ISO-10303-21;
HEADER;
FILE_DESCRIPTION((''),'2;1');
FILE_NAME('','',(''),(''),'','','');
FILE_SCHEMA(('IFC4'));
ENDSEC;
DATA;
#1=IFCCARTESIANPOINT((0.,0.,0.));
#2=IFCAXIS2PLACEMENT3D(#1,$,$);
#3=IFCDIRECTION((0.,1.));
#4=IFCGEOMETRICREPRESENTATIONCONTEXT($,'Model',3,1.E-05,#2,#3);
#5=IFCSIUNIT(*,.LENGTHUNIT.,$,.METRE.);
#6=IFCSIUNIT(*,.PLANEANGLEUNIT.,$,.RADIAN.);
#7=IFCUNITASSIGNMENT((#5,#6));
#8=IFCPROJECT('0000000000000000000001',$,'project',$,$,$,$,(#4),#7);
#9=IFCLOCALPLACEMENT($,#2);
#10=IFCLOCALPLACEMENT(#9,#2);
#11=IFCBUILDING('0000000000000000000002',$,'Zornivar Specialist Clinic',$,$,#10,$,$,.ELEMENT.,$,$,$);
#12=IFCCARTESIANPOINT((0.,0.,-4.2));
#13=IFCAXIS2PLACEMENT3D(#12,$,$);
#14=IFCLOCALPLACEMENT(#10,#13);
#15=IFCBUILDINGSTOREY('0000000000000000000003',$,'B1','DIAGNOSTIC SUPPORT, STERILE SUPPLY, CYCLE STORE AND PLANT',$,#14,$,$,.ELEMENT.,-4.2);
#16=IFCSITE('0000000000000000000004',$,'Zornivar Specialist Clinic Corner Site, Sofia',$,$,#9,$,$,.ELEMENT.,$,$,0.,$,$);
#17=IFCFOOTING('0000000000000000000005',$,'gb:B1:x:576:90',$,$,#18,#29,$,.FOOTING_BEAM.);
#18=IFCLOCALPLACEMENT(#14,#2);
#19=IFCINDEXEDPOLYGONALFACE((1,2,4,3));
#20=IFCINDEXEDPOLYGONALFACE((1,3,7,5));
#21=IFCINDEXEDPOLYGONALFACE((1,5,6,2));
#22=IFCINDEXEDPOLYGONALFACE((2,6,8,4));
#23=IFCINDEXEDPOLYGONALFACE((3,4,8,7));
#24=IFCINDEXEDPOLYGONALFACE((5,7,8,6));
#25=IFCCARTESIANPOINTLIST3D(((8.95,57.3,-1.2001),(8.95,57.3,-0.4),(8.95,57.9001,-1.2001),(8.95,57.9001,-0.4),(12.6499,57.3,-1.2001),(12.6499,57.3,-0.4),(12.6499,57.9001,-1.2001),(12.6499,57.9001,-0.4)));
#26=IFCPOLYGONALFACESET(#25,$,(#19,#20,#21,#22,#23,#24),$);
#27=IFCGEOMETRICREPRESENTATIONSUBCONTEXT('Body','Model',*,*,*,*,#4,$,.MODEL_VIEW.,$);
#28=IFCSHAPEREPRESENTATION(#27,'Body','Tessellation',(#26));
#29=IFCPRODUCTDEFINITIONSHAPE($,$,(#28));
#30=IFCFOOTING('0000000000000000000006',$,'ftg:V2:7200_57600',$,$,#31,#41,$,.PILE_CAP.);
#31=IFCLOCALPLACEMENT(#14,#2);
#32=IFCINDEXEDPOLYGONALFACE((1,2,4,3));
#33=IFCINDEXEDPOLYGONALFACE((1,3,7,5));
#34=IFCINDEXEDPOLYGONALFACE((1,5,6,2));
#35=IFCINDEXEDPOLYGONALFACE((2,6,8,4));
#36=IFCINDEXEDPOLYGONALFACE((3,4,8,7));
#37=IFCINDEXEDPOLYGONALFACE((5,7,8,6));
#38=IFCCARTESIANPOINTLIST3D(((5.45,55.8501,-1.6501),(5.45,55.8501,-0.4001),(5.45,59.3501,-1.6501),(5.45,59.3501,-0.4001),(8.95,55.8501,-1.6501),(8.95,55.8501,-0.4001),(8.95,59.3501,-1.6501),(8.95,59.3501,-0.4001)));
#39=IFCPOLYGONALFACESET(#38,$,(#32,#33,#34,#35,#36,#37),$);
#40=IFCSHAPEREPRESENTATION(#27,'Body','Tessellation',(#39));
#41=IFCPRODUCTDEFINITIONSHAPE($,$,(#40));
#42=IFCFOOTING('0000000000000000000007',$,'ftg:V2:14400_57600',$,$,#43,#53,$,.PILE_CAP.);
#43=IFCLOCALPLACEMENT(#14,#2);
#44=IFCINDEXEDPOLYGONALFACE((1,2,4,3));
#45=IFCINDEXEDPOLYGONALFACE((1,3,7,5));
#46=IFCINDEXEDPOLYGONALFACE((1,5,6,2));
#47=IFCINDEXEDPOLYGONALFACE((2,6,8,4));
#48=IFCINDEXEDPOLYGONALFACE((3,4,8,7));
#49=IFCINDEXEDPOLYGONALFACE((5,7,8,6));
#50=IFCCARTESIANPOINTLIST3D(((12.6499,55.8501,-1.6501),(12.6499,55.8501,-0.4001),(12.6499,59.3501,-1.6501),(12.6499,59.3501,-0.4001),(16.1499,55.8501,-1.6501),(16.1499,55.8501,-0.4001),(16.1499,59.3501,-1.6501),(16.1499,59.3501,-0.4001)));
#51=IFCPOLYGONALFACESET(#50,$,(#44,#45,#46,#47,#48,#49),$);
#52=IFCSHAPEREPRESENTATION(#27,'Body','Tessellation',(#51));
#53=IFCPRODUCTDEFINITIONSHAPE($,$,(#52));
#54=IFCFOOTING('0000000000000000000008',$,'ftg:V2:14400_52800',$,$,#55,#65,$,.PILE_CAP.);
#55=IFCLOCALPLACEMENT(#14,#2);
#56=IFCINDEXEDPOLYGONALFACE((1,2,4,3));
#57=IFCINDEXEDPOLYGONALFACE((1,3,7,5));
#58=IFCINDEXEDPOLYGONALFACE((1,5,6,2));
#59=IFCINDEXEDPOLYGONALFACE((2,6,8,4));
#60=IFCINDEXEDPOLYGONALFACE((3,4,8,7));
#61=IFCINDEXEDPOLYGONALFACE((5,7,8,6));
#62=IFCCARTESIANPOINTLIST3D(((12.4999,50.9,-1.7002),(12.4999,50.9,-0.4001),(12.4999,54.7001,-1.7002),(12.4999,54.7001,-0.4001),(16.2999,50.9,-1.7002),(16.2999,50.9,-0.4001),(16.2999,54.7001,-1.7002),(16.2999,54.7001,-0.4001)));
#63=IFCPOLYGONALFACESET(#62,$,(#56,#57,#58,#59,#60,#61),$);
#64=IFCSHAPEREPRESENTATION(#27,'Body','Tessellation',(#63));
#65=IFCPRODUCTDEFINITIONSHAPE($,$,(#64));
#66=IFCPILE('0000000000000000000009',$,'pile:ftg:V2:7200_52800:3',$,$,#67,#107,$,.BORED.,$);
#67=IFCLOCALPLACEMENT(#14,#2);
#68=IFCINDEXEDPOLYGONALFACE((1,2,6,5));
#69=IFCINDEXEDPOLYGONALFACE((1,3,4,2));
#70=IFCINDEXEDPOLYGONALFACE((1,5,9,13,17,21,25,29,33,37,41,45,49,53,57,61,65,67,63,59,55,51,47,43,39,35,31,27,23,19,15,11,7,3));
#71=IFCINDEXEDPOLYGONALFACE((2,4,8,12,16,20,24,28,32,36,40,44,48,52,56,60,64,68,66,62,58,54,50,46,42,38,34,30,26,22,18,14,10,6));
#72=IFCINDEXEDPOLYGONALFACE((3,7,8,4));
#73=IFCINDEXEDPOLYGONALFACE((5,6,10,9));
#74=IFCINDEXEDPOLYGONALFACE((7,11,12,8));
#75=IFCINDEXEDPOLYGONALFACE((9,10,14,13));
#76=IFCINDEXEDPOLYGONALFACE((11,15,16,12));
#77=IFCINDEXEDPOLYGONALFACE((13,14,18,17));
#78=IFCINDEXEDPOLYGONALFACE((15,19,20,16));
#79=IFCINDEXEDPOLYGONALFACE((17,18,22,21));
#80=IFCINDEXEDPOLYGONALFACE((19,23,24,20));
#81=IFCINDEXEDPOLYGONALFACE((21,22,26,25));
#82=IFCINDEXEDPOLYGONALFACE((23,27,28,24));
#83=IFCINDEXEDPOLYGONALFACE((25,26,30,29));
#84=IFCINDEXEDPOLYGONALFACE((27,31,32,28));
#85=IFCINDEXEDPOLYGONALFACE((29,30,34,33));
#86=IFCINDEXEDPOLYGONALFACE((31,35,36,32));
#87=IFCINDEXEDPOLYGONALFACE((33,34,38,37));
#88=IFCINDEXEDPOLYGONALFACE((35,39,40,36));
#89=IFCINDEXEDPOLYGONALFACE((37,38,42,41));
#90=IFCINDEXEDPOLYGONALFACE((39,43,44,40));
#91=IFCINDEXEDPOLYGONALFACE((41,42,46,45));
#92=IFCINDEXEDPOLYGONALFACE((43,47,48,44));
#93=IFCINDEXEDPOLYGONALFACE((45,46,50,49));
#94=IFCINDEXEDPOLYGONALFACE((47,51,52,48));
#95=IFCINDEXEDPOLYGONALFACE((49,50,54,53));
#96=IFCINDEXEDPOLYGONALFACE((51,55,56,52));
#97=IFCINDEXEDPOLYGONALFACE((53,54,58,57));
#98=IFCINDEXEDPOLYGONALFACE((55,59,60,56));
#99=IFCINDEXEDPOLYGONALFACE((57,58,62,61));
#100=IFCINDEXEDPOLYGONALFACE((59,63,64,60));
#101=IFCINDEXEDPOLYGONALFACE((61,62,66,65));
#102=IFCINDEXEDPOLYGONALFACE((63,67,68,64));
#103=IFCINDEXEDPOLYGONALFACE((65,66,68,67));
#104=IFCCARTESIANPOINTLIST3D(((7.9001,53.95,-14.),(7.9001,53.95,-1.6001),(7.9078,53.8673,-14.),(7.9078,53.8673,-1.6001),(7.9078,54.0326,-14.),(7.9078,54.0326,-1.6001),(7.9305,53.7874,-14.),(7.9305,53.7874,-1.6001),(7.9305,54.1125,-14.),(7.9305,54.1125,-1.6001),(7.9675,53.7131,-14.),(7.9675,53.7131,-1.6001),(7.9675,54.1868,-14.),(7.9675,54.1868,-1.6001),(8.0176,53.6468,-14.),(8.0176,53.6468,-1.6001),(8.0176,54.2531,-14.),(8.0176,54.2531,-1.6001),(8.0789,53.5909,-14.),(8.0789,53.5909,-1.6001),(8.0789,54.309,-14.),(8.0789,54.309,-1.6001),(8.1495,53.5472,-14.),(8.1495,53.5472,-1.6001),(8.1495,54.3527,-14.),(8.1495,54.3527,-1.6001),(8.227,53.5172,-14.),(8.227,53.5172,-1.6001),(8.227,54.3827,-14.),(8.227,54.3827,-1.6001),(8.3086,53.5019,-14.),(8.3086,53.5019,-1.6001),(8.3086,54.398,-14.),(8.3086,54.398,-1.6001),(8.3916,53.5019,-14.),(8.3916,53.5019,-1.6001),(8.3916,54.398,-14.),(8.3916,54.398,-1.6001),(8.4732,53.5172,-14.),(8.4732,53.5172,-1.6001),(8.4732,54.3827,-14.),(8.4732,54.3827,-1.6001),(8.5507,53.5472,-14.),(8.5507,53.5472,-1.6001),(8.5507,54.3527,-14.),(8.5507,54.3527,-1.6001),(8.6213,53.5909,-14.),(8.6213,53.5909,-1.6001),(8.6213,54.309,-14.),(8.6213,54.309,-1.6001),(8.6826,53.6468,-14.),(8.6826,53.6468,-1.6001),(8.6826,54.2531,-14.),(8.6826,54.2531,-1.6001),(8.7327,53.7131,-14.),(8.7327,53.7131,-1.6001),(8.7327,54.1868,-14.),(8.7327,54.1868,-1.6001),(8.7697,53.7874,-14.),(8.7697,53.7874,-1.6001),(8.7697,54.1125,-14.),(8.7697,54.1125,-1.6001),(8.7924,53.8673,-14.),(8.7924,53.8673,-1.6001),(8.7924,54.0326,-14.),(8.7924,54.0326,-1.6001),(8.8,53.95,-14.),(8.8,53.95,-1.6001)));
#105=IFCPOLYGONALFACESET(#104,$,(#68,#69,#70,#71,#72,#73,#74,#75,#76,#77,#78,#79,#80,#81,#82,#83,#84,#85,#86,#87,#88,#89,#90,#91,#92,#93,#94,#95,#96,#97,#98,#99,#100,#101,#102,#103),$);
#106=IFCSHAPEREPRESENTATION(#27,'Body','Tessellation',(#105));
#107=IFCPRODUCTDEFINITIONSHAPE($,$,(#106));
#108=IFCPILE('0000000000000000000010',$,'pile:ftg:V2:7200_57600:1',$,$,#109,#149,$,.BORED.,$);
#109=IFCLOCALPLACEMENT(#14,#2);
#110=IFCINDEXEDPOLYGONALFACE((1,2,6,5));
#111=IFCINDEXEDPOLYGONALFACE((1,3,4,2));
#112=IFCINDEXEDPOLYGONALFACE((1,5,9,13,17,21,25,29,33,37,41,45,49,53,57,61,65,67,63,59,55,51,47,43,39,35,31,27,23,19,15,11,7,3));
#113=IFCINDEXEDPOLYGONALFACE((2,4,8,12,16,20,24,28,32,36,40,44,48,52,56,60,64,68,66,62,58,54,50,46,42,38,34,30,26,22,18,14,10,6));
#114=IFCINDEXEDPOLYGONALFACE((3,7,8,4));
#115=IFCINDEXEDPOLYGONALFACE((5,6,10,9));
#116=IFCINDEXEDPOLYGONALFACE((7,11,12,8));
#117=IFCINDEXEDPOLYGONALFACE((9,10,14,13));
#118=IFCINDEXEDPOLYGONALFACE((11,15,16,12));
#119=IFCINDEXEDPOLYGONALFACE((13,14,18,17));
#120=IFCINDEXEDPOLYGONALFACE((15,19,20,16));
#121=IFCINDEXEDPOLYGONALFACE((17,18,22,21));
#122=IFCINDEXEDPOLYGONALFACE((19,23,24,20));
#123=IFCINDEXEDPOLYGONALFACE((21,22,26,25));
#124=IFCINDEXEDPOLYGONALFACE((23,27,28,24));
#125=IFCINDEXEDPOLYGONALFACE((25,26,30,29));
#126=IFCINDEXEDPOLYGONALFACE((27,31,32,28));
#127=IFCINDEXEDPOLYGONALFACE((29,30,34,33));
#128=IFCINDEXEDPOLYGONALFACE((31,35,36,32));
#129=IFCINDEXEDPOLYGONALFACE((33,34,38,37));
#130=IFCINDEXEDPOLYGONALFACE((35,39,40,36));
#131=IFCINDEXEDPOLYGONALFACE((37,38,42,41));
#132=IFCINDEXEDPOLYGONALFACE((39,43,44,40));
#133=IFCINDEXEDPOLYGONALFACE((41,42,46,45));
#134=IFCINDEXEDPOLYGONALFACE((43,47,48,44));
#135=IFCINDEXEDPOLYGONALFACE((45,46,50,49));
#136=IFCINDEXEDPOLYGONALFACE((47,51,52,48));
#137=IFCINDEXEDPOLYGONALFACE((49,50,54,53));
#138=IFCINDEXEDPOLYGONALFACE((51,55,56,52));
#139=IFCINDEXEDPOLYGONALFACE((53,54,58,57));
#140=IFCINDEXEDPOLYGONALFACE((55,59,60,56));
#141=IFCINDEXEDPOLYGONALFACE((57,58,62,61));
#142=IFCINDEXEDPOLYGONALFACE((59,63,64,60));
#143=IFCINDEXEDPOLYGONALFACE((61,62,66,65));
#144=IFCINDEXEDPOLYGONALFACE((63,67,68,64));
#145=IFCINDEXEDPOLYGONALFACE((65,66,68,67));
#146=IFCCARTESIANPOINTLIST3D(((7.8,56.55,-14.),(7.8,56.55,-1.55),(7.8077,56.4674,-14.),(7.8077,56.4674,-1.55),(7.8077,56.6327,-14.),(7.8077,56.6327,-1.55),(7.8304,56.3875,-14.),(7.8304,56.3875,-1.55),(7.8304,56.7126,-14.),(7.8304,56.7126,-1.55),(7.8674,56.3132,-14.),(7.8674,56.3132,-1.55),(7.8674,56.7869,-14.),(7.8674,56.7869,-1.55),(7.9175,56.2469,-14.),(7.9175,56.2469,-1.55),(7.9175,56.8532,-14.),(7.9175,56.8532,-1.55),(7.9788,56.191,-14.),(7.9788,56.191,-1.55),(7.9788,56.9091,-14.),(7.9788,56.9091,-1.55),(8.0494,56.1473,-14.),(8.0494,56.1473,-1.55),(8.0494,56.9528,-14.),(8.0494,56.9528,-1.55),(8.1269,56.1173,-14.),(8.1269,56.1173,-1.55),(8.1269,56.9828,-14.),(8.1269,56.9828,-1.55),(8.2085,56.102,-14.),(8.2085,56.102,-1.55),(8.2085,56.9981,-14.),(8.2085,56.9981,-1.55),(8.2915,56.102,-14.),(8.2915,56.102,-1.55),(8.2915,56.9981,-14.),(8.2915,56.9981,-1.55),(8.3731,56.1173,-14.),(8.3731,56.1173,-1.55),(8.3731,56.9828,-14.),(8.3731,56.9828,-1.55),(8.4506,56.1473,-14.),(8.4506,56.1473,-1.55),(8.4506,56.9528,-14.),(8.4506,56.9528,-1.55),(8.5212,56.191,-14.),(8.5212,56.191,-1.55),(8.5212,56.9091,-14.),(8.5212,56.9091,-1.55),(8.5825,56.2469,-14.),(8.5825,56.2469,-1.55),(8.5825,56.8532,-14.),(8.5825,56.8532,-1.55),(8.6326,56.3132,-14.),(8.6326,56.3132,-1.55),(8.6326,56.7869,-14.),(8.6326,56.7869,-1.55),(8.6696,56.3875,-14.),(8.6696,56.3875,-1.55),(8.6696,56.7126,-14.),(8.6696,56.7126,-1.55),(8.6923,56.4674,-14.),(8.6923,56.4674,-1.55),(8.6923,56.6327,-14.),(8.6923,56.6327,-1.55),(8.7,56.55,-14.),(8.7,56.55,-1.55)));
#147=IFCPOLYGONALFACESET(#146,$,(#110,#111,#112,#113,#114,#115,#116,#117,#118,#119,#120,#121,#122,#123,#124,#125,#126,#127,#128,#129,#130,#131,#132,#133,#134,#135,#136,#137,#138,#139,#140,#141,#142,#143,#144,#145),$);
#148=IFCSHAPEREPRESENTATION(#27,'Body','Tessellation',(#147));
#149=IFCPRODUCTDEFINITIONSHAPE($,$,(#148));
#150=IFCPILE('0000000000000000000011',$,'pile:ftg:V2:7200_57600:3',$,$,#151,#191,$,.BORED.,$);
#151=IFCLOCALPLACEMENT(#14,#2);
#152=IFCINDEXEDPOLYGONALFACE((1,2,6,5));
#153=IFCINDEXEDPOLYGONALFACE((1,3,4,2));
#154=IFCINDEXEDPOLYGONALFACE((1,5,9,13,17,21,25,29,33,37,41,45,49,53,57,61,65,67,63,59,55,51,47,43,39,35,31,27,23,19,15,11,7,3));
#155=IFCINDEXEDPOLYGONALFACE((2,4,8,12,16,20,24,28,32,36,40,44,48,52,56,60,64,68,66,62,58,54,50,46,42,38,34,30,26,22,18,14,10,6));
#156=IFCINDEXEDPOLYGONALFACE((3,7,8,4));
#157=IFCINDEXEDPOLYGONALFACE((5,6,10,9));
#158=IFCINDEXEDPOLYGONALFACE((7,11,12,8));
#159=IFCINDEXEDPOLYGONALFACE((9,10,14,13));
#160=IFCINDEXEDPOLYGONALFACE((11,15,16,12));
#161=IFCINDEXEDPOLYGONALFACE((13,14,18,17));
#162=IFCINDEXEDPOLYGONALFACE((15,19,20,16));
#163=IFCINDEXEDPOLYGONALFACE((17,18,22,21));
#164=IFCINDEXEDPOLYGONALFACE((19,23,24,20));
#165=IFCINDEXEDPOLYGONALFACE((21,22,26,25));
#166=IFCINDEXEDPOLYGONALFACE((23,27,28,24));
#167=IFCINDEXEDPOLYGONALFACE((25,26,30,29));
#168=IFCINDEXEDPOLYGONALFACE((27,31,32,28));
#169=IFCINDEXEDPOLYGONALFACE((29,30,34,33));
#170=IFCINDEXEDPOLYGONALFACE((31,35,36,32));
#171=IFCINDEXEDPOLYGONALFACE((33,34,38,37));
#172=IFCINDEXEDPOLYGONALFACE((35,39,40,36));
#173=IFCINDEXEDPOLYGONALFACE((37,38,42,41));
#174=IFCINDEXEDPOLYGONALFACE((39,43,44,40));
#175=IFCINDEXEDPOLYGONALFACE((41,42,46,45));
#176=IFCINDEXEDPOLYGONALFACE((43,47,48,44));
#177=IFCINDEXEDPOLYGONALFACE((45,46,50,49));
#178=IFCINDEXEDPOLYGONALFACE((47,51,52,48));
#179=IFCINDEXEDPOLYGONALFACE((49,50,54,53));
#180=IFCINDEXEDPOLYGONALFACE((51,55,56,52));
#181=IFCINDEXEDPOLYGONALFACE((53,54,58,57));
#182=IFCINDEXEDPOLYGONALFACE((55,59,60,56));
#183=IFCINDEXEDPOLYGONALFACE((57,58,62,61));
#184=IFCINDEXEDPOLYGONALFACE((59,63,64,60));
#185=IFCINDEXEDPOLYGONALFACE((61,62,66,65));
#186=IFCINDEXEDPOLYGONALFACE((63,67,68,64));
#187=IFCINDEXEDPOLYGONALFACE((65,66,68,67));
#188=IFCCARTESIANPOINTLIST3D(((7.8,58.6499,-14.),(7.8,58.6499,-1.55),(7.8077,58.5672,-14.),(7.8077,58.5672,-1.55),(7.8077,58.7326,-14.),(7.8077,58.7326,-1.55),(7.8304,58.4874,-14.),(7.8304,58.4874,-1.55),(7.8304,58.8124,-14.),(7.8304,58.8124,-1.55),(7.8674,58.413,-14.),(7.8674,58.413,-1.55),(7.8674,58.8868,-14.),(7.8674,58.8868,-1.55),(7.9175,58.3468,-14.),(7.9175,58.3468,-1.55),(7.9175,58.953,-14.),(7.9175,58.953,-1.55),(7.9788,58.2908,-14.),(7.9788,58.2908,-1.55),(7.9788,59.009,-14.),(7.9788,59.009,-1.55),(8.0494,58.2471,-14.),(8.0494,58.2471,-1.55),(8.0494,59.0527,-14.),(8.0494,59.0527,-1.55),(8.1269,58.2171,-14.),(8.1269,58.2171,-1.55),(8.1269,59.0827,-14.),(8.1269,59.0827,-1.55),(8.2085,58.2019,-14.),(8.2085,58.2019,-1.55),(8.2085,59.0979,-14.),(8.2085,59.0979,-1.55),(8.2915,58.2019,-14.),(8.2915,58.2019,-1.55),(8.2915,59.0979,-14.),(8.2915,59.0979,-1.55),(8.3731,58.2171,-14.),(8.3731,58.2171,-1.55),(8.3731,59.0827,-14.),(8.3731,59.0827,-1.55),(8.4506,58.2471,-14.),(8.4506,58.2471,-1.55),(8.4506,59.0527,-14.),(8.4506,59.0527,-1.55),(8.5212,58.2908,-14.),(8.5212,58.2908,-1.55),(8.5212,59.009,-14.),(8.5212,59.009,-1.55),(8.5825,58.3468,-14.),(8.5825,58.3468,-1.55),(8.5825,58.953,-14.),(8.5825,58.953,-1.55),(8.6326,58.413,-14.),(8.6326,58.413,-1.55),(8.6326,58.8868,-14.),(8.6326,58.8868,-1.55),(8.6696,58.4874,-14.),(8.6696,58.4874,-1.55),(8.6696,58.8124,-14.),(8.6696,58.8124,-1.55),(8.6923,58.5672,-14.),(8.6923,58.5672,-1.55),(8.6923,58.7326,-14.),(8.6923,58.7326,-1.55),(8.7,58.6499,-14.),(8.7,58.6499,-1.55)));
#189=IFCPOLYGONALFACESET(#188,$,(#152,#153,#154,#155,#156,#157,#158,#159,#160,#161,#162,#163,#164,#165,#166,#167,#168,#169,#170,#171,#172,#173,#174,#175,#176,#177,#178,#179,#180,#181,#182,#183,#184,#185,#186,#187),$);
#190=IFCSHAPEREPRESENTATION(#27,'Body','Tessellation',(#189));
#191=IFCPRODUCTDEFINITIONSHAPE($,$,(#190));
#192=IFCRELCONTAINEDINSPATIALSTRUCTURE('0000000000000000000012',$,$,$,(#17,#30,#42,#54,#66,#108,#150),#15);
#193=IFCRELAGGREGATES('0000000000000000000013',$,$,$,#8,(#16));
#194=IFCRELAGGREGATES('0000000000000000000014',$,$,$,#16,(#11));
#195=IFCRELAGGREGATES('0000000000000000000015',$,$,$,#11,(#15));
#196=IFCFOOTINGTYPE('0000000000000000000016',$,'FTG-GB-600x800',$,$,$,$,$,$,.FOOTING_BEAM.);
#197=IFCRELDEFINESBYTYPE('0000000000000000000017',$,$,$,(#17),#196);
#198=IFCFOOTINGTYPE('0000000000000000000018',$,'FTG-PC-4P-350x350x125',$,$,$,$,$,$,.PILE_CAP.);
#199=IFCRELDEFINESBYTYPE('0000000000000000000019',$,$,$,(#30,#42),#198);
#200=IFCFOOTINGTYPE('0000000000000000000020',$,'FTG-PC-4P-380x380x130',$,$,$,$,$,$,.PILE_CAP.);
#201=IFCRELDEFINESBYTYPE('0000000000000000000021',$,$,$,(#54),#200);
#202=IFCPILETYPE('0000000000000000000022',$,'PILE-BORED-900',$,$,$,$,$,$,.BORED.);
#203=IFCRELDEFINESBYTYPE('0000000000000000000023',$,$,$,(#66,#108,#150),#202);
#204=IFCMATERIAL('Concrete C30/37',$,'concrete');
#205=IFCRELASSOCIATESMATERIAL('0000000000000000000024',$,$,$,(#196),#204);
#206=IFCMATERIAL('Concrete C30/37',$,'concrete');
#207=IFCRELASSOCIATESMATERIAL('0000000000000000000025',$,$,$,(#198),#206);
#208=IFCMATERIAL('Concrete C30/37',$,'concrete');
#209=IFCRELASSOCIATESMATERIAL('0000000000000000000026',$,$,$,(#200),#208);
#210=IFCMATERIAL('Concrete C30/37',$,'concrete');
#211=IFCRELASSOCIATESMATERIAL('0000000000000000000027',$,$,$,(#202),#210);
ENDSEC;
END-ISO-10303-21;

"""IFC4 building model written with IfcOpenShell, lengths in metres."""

from ifc_helpers import new_model, si_unit, direction, frame, origin, origin_2d, place, context, subcontext, project, spatial, rectangle, circle, extrude, material, material_profile, profile_set, type_object, element, save


model = new_model("IFC4")

# Units and contexts
model_context = context("Model", 3, precision=1e-05, world=origin(), true_north=direction((0.0, 1.0)))
body_context = subcontext(model_context, "Body", "Model", "MODEL_VIEW")
ifc_project = project(units=[si_unit("LENGTHUNIT", "METRE"), si_unit("PLANEANGLEUNIT", "RADIAN")], contexts=[model_context])

# Site, building, storey
site_placement = place(None, origin())
site = spatial("IfcSite", under=ifc_project, at=site_placement, Name="Zornivar Specialist Clinic Corner Site, Sofia", CompositionType="ELEMENT", RefElevation=0.0)
building_placement = place(site_placement, origin())
building = spatial("IfcBuilding", under=site, at=building_placement, Name="Zornivar Specialist Clinic", CompositionType="ELEMENT")
storey_placement = place(building_placement, frame((0.0, 0.0, -4.2)))
storey = spatial("IfcBuildingStorey", under=building, at=storey_placement, Name="B1", Description="DIAGNOSTIC SUPPORT, STERILE SUPPLY, CYCLE STORE AND PLANT", CompositionType="ELEMENT", Elevation=-4.2)

# Footings
ifc_material_1 = material(Name="Concrete C30/37", Category="concrete")
ifc_material_profile_1 = material_profile(ifc_material_1, rectangle(XDim=0.6001, YDim=0.8, at=origin_2d()), Name="RC 600x800")
ifc_profile_set_1 = profile_set([ifc_material_profile_1], Name="Concrete C30/37")
footing_type_1 = type_object("IfcFootingType", Name="FTG-GB-600x800", PredefinedType="FOOTING_BEAM", material=ifc_profile_set_1)
footing_1_placement = place(storey_placement, frame((8.95, 57.6001, -0.8), z_axis=(1.0, 0.0, 0.0), x_axis=(0.0, 1.0, 0.0)))
element("IfcFooting", 1, at=footing_1_placement, inside=storey, type_object=footing_type_1, Name="gb:B1:x:576:90", PredefinedType="FOOTING_BEAM", context=body_context, shape_type="SweptSolid", body=[
    extrude(rectangle(XDim=0.6001, YDim=0.8, at=origin_2d()), origin(), (0.0, 0.0, 1.0), 3.7),
])
ifc_material_2 = material(Name="Concrete C30/37", Category="concrete")
footing_type_2 = type_object("IfcFootingType", Name="FTG-PC-4P-350x350x125", PredefinedType="PILE_CAP", material=ifc_material_2)
for number, where, z_axis, x_axis, name in (
    (2, (7.2, 57.6001, -1.6501), (0.0, 0.0, 1.0), (1.0, 0.0, 0.0), "ftg:V2:7200_57600"),
    (3, (14.3999, 57.6001, -1.6501), (0.0, 0.0, 1.0), (1.0, 0.0, 0.0), "ftg:V2:14400_57600"),
):
    element("IfcFooting", number, at=place(storey_placement, frame(where, z_axis=z_axis, x_axis=x_axis)), inside=storey, type_object=footing_type_2, Name=name, PredefinedType="PILE_CAP", context=body_context, shape_type="SweptSolid", body=[
        extrude(rectangle(XDim=3.5, YDim=3.5, at=origin_2d()), origin(), (0.0, 0.0, 1.0), 1.25),
    ])
ifc_material_3 = material(Name="Concrete C30/37", Category="concrete")
footing_type_3 = type_object("IfcFootingType", Name="FTG-PC-4P-380x380x130", PredefinedType="PILE_CAP", material=ifc_material_3)
footing_2_placement = place(storey_placement, frame((14.3999, 52.8, -1.7002), z_axis=(0.0, 0.0, 1.0), x_axis=(1.0, 0.0, 0.0)))
element("IfcFooting", 4, at=footing_2_placement, inside=storey, type_object=footing_type_3, Name="ftg:V2:14400_52800", PredefinedType="PILE_CAP", context=body_context, shape_type="SweptSolid", body=[
    extrude(rectangle(XDim=3.8, YDim=3.8, at=origin_2d()), origin(), (0.0, 0.0, 1.0), 1.3),
])

# Piles
ifc_material_4 = material(Name="Concrete C30/37", Category="concrete")
ifc_material_profile_2 = material_profile(ifc_material_4, circle(Radius=0.45, at=origin_2d()), Name="PILE D900")
ifc_profile_set_2 = profile_set([ifc_material_profile_2], Name="Concrete C30/37")
pile_type = type_object("IfcPileType", Name="PILE-BORED-900", PredefinedType="BORED", material=ifc_profile_set_2)
pile_placement = place(storey_placement, frame((8.3501, 53.95, -1.6001), z_axis=(0.0, 0.0, -1.0), x_axis=(1.0, 0.0, 0.0)))
element("IfcPile", 5, at=pile_placement, inside=storey, type_object=pile_type, Name="pile:ftg:V2:7200_52800:3", PredefinedType="BORED", context=body_context, shape_type="SweptSolid", body=[
    extrude(circle(Radius=0.45, at=origin_2d()), origin(), (0.0, 0.0, 1.0), 12.3999),
])
for number, where, z_axis, x_axis, name in (
    (6, (8.25, 56.55, -1.55), (0.0, 0.0, -1.0), (1.0, 0.0, 0.0), "pile:ftg:V2:7200_57600:1"),
    (7, (8.25, 58.6499, -1.55), (0.0, 0.0, -1.0), (1.0, 0.0, 0.0), "pile:ftg:V2:7200_57600:3"),
):
    element("IfcPile", number, at=place(storey_placement, frame(where, z_axis=z_axis, x_axis=x_axis)), inside=storey, type_object=pile_type, Name=name, PredefinedType="BORED", context=body_context, shape_type="SweptSolid", body=[
        extrude(circle(Radius=0.45, at=origin_2d()), origin(), (0.0, 0.0, 1.0), 12.45),
    ])

save(model, "model.ifc")
